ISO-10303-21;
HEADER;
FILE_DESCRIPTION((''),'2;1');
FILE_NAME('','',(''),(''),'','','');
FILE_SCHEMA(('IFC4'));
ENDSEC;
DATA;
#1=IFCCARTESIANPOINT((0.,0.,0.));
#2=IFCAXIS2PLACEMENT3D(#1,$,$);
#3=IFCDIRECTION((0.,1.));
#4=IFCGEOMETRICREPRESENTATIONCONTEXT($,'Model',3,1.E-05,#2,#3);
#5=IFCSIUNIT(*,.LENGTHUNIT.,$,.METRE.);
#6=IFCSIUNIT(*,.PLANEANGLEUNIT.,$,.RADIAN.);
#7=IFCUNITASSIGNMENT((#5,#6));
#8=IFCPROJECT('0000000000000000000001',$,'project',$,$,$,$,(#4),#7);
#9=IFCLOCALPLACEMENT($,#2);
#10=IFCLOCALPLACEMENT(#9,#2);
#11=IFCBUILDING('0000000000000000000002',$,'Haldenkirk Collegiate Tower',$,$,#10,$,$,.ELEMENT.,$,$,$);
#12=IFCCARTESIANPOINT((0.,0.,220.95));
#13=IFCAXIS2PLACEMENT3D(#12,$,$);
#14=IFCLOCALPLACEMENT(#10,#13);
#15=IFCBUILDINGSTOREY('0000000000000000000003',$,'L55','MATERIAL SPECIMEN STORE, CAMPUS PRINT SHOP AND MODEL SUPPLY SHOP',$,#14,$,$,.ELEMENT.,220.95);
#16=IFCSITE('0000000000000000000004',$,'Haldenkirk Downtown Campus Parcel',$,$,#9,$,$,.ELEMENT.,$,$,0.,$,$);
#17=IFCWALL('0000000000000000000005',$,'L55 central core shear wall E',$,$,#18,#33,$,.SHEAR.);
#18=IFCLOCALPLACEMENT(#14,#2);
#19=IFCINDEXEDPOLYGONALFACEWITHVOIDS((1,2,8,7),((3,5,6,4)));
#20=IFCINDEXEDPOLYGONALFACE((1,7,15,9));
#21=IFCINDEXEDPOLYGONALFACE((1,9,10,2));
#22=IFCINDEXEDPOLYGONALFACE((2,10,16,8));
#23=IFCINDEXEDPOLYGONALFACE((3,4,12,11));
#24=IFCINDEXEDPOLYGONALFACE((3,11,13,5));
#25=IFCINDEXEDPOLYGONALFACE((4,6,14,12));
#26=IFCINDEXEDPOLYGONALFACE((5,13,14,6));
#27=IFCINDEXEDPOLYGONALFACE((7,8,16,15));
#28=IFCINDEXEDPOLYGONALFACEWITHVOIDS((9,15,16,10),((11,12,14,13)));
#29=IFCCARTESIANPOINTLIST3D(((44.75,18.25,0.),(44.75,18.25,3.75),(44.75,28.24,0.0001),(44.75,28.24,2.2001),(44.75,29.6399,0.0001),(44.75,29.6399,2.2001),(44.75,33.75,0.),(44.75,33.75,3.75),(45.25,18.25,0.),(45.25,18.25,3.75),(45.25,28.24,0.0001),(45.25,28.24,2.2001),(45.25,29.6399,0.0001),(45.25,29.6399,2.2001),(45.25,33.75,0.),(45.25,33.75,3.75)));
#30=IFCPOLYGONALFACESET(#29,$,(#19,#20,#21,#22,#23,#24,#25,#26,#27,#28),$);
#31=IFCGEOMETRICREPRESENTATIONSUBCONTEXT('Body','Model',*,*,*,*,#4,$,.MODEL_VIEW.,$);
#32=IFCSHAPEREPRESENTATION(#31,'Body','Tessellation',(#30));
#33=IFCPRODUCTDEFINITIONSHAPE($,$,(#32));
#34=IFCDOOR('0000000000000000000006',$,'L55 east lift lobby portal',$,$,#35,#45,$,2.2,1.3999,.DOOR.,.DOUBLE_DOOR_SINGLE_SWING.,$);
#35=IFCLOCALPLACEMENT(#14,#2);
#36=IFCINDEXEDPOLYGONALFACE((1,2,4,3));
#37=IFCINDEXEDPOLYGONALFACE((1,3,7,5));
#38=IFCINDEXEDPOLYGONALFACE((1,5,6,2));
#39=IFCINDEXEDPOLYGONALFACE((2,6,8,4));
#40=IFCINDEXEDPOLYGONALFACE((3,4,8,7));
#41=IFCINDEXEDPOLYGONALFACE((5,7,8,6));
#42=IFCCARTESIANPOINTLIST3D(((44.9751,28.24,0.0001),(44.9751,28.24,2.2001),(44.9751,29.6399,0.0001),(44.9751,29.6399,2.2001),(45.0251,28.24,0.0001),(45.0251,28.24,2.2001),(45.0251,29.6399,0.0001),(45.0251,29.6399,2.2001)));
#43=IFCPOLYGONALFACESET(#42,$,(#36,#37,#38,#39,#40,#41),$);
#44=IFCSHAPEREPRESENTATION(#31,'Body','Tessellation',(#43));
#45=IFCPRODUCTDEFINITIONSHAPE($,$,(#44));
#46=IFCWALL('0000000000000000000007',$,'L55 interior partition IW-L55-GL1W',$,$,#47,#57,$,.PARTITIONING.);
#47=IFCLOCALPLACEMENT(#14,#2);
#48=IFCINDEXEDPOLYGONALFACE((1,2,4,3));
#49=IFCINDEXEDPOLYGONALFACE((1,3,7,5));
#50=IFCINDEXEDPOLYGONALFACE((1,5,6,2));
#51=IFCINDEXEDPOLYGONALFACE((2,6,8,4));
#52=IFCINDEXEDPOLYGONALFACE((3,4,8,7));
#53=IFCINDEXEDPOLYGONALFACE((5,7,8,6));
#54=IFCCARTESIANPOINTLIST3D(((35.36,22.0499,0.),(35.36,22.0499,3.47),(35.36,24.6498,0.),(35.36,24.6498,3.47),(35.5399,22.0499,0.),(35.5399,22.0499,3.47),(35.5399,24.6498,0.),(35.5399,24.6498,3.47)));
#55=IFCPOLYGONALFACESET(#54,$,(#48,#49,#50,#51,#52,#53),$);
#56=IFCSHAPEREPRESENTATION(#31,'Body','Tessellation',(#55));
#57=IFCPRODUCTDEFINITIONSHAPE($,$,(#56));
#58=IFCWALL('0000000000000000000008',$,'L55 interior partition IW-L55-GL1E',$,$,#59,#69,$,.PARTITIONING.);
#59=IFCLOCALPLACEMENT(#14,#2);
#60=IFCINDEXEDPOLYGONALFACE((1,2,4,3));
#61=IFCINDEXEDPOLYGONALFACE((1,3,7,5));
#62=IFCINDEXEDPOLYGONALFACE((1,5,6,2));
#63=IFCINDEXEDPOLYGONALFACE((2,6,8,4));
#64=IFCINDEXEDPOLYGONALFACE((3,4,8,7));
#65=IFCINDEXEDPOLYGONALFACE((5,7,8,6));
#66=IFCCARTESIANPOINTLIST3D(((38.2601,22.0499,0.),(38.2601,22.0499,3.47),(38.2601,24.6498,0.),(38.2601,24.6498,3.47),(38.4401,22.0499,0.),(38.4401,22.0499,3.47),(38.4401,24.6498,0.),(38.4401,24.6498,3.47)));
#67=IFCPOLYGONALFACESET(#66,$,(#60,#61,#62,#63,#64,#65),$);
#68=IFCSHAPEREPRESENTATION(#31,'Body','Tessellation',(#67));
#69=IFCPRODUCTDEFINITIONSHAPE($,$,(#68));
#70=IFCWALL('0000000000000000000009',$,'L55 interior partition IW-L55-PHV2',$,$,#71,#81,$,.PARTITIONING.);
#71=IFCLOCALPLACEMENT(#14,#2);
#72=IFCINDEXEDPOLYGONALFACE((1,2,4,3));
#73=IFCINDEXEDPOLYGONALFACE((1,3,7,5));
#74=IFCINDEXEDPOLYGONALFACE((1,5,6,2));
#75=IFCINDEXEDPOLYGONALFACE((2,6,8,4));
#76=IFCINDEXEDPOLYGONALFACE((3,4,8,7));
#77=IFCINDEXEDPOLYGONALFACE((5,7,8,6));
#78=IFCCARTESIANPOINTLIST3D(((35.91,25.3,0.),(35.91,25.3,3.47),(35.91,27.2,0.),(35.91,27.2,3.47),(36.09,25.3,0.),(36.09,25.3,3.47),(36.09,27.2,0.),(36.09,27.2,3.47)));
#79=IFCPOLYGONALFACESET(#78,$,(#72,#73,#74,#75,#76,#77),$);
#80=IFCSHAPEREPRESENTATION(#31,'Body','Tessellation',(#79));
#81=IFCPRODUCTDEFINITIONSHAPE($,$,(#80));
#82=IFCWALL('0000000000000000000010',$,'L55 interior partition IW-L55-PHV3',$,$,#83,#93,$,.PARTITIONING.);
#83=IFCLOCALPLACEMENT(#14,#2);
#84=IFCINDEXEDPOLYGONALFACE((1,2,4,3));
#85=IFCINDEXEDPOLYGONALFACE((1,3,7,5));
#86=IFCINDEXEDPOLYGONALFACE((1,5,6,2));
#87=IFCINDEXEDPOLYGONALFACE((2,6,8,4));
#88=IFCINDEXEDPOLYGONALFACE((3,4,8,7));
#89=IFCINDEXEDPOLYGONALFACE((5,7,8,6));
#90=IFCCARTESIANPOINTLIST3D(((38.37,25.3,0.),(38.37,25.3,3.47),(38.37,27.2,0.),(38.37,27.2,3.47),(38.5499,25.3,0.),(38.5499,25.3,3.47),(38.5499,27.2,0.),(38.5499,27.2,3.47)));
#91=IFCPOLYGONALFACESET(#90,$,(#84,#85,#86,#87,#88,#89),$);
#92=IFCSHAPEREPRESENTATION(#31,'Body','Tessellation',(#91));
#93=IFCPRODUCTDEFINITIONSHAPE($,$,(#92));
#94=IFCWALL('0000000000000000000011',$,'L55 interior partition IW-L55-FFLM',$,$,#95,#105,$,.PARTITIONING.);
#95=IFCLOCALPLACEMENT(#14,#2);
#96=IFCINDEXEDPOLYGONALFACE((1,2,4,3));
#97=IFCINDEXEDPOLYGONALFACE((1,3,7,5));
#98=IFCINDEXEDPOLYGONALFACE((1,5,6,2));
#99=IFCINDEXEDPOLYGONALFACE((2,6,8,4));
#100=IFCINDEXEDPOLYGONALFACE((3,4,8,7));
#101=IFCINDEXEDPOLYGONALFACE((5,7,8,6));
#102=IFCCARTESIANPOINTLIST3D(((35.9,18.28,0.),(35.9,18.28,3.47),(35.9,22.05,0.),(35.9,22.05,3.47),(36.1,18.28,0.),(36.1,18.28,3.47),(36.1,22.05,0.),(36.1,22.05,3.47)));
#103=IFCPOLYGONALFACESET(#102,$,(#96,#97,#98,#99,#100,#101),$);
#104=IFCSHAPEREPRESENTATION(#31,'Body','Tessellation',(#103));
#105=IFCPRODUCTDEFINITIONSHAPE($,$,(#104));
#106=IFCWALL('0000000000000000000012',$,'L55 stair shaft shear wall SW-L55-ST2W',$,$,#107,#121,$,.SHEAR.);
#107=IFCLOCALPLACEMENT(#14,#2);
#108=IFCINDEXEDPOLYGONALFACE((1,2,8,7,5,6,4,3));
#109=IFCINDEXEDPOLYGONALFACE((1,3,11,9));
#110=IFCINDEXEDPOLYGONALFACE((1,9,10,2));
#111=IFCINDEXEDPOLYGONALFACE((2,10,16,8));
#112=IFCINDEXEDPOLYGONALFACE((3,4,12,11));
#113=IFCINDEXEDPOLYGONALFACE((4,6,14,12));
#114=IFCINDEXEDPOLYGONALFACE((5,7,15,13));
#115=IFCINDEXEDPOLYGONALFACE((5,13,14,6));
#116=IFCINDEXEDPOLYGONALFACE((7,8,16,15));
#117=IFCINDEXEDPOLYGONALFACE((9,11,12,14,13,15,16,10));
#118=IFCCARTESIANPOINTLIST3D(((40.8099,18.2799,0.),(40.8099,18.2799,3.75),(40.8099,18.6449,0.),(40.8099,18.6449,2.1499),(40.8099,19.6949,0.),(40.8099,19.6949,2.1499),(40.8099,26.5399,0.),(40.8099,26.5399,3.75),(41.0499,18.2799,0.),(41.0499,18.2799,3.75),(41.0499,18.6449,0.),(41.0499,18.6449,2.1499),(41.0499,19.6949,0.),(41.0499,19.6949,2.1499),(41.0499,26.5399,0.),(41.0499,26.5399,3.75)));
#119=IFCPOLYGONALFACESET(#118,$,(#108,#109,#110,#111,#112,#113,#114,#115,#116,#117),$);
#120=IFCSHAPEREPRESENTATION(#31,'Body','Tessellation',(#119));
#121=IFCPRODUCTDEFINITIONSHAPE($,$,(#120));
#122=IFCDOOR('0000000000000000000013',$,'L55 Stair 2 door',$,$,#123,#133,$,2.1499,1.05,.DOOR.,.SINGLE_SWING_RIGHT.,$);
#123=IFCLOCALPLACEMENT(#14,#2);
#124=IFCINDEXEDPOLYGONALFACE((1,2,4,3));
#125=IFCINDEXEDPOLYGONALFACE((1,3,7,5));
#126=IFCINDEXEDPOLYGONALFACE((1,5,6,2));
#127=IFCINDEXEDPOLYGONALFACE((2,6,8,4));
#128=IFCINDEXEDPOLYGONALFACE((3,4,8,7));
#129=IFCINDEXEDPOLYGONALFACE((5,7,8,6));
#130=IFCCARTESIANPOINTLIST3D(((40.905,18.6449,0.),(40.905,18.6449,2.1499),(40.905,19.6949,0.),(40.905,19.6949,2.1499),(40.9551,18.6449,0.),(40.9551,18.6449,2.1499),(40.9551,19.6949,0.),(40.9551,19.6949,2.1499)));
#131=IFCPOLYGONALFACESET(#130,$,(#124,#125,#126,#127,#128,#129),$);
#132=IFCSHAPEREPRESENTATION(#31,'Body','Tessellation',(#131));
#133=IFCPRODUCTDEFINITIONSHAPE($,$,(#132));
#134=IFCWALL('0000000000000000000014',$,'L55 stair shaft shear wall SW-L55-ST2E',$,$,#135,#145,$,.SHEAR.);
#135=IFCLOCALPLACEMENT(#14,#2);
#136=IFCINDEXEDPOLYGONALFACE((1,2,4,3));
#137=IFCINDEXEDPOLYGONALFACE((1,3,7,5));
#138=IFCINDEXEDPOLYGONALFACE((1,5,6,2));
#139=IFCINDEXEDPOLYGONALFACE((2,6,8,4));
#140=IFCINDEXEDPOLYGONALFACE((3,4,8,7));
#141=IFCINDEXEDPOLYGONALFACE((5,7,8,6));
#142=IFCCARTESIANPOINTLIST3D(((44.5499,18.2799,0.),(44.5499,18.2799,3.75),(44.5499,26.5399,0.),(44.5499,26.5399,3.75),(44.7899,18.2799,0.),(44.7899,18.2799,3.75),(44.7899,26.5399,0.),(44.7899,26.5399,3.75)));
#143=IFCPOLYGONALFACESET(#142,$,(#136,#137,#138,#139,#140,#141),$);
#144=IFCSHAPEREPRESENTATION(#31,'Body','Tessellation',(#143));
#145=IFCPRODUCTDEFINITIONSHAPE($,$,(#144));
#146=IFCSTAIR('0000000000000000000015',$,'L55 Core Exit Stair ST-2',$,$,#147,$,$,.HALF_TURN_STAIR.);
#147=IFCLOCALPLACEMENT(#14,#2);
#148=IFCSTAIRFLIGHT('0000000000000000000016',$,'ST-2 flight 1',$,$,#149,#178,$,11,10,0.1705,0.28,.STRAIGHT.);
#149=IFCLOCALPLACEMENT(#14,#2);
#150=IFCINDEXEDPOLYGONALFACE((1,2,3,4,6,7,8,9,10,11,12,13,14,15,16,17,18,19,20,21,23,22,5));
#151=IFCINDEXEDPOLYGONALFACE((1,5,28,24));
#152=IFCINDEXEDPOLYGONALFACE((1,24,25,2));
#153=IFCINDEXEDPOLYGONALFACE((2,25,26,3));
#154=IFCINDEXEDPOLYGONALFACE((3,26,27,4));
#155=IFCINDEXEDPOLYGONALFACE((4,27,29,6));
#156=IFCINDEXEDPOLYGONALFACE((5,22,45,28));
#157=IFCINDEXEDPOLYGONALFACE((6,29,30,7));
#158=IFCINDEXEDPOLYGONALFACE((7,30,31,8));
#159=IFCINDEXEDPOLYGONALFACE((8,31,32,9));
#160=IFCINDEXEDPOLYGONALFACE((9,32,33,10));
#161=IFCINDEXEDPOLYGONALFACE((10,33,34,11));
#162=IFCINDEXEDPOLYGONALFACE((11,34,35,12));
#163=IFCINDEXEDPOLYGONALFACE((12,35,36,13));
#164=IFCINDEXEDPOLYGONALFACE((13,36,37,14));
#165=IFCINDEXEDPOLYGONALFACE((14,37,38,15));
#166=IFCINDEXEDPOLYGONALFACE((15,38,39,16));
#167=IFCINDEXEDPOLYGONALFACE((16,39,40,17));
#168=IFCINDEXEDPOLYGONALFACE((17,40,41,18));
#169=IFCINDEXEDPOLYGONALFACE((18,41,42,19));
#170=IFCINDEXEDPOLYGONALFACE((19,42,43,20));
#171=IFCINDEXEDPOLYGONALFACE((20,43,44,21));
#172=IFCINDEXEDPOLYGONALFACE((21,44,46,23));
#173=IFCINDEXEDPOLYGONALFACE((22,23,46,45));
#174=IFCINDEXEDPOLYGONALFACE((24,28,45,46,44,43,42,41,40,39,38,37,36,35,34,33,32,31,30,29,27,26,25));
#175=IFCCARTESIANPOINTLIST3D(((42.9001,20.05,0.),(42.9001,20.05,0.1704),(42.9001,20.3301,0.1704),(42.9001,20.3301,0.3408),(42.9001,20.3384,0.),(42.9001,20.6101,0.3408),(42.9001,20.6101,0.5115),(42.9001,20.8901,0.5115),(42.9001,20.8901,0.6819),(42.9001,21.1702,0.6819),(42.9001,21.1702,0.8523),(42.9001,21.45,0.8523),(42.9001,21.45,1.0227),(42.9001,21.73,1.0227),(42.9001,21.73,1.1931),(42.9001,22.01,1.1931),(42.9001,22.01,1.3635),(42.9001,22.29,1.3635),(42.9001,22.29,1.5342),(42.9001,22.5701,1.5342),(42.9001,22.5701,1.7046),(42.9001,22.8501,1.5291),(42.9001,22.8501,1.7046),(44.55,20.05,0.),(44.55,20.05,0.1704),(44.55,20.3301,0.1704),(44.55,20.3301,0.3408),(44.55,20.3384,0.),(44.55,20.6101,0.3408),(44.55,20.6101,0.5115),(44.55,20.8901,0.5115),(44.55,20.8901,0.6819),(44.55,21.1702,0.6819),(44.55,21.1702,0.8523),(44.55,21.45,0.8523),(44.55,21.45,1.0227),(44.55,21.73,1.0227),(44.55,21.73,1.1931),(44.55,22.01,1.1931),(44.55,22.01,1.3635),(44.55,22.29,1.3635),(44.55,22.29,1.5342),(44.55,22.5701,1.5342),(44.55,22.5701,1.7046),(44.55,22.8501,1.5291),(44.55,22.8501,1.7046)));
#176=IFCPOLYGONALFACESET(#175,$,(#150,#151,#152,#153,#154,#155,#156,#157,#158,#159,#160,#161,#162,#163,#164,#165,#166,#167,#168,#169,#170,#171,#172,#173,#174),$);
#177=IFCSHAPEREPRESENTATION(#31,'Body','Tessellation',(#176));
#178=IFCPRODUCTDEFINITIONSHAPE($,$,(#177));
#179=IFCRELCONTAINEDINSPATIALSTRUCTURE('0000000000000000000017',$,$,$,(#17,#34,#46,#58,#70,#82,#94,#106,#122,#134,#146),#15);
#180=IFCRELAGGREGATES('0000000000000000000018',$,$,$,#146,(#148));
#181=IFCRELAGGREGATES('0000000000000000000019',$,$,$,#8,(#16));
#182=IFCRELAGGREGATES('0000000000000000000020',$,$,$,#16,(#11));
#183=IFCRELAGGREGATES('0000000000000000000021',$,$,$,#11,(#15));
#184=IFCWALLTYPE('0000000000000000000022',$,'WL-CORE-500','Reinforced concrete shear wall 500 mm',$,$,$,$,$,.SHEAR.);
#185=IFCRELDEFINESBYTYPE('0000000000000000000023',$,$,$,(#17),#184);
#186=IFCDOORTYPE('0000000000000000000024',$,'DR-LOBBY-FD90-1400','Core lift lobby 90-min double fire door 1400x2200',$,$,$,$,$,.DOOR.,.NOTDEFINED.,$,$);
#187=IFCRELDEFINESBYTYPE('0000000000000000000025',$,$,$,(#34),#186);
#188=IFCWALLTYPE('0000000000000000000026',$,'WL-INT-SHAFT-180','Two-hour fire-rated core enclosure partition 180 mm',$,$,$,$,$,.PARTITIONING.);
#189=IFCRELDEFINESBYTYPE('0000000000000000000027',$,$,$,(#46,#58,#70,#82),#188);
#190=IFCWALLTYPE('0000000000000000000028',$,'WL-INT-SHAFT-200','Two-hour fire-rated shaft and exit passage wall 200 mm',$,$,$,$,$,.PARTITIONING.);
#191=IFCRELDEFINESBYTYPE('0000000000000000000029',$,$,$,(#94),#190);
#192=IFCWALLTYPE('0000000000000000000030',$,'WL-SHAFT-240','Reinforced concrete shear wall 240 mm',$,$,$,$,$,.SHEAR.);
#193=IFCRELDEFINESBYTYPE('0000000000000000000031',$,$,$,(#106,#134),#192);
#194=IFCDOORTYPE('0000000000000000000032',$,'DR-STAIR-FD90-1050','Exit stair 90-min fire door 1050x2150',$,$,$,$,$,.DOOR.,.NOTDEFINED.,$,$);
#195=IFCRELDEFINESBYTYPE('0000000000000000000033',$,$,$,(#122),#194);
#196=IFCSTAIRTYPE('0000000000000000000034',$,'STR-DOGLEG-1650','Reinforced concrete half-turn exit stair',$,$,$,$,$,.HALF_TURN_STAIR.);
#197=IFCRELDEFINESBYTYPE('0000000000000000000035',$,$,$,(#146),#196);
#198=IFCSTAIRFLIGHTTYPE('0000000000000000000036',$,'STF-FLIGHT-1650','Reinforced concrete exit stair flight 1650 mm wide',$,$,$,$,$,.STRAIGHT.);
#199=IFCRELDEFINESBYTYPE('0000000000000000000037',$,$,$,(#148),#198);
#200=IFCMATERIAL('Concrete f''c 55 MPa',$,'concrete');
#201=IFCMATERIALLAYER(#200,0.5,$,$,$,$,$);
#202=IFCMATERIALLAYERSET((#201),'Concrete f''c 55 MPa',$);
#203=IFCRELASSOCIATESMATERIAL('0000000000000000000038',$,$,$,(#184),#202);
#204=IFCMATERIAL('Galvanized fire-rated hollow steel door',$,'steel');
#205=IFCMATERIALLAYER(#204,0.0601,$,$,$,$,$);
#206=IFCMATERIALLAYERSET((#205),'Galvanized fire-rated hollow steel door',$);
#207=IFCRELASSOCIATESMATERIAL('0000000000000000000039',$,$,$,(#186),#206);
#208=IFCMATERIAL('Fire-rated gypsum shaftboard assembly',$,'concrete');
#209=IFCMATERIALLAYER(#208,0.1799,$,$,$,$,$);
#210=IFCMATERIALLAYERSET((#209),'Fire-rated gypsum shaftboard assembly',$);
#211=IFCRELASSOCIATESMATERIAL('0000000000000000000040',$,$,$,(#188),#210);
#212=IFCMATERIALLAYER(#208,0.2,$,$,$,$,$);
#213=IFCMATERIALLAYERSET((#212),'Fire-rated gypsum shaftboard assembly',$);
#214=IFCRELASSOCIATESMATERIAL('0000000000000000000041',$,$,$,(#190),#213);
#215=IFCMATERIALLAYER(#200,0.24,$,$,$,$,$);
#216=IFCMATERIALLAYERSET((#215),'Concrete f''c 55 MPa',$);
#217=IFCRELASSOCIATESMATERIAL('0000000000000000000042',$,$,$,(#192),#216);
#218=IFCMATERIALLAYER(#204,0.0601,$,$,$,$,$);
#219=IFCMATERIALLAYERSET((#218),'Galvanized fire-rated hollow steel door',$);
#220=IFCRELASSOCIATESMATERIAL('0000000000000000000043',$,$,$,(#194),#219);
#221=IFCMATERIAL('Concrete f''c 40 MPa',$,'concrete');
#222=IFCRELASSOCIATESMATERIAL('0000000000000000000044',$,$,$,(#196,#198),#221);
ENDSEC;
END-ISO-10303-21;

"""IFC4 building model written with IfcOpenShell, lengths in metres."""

from ifc_helpers import new_model, si_unit, direction, frame, frame_2d, origin, place, context, subcontext, project, spatial, polyline, rectangle, outline, extrude, material, layer, layer_set, type_object, element, fill, aggregate, save


model = new_model("IFC4")

# Units and contexts
model_context = context("Model", 3, precision=1e-05, world=origin(), true_north=direction((0.0, 1.0)))
body_context = subcontext(model_context, "Body", "Model", "MODEL_VIEW")
ifc_project = project(units=[si_unit("LENGTHUNIT", "METRE"), si_unit("PLANEANGLEUNIT", "RADIAN")], contexts=[model_context])

# Site, building, storey
site_placement = place(None, origin())
site = spatial("IfcSite", under=ifc_project, at=site_placement, Name="Haldenkirk Downtown Campus Parcel", CompositionType="ELEMENT", RefElevation=0.0)
building_placement = place(site_placement, origin())
building = spatial("IfcBuilding", under=site, at=building_placement, Name="Haldenkirk Collegiate Tower", CompositionType="ELEMENT")
storey_placement = place(building_placement, frame((0.0, 0.0, 220.95)))
storey = spatial("IfcBuildingStorey", under=building, at=storey_placement, Name="L55", Description="MATERIAL SPECIMEN STORE, CAMPUS PRINT SHOP AND MODEL SUPPLY SHOP", CompositionType="ELEMENT", Elevation=220.95)

# Wall, opening, door
ifc_material_1 = material(Name="Concrete f'c 55 MPa", Category="concrete")
ifc_layer_1 = layer(ifc_material_1, 0.5)
ifc_layer_set_1 = layer_set([ifc_layer_1], Name="Concrete f'c 55 MPa")
wall_type_1 = type_object("IfcWallType", Name="WL-CORE-500", Description="Reinforced concrete shear wall 500 mm", PredefinedType="SHEAR", material=ifc_layer_set_1)
wall_1_placement = place(storey_placement, frame((45.0, 18.25, 0.0), z_axis=(0.0, 0.0, 1.0), x_axis=(0.0, 1.0, 0.0)))
wall_1 = element("IfcWall", 1, at=wall_1_placement, inside=storey, type_object=wall_type_1, Name="L55 central core shear wall E", PredefinedType="SHEAR", context=body_context, shape_type="SweptSolid", body=[
    extrude(rectangle(XDim=15.5, YDim=0.5, at=frame_2d((7.75, 0.0))), origin(), (0.0, 0.0, 1.0), 3.75),
])
opening_1_placement = place(wall_1_placement, frame((9.99, 0.0, 0.0)))
opening_1 = element("IfcOpeningElement", 2, at=opening_1_placement, cuts=wall_1, PredefinedType="OPENING", context=body_context, shape_type="SweptSolid", body=[
    extrude(rectangle(XDim=1.3999, YDim=2.2, at=frame_2d((0.7, 1.1001))), frame((0.0, 0.26, 0.0), z_axis=(0.0, -1.0, 0.0), x_axis=(1.0, 0.0, 0.0)), (0.0, 0.0, 1.0), 0.52),
])
ifc_material_2 = material(Name="Galvanized fire-rated hollow steel door", Category="steel")
ifc_layer_2 = layer(ifc_material_2, 0.0601)
ifc_layer_set_2 = layer_set([ifc_layer_2], Name="Galvanized fire-rated hollow steel door")
door_type_1 = type_object("IfcDoorType", Name="DR-LOBBY-FD90-1400", Description="Core lift lobby 90-min double fire door 1400x2200", OperationType="NOTDEFINED", PredefinedType="DOOR", material=ifc_layer_set_2)
door_1_placement = place(opening_1_placement, origin())
door_1 = element("IfcDoor", 3, at=door_1_placement, inside=storey, type_object=door_type_1, Name="L55 east lift lobby portal", OperationType="DOUBLE_DOOR_SINGLE_SWING", OverallHeight=2.2, OverallWidth=1.3999, PredefinedType="DOOR", context=body_context, shape_type="SweptSolid", body=[
    extrude(rectangle(XDim=1.3999, YDim=2.2, at=frame_2d((0.7, 1.1001))), frame((0.0, 0.0249, 0.0), z_axis=(0.0, -1.0, 0.0), x_axis=(1.0, 0.0, 0.0)), (0.0, 0.0, 1.0), 0.05),
])
fill(opening_1, door_1)

# Walls
ifc_material_3 = material(Name="Fire-rated gypsum shaftboard assembly", Category="concrete")
ifc_layer_3 = layer(ifc_material_3, 0.1799)
ifc_layer_set_3 = layer_set([ifc_layer_3], Name="Fire-rated gypsum shaftboard assembly")
wall_type_2 = type_object("IfcWallType", Name="WL-INT-SHAFT-180", Description="Two-hour fire-rated core enclosure partition 180 mm", PredefinedType="PARTITIONING", material=ifc_layer_set_3)
for number, where, z_axis, x_axis, name in (
    (4, (35.45, 22.05, 0.0), (0.0, 0.0, 1.0), (0.0, 1.0, 0.0), "L55 interior partition IW-L55-GL1W"),
    (5, (38.3501, 22.05, 0.0), (0.0, 0.0, 1.0), (0.0, 1.0, 0.0), "L55 interior partition IW-L55-GL1E"),
):
    element("IfcWall", number, at=place(storey_placement, frame(where, z_axis=z_axis, x_axis=x_axis)), inside=storey, type_object=wall_type_2, Name=name, PredefinedType="PARTITIONING", context=body_context, shape_type="SweptSolid", body=[
        extrude(rectangle(XDim=2.5999, YDim=0.1799, at=frame_2d((1.2998, 0.0))), origin(), (0.0, 0.0, 1.0), 3.47),
    ])
for number, where, z_axis, x_axis, name in (
    (6, (36.0, 25.3, 0.0), (0.0, 0.0, 1.0), (0.0, 1.0, 0.0), "L55 interior partition IW-L55-PHV2"),
    (7, (38.46, 25.3, 0.0), (0.0, 0.0, 1.0), (0.0, 1.0, 0.0), "L55 interior partition IW-L55-PHV3"),
):
    element("IfcWall", number, at=place(storey_placement, frame(where, z_axis=z_axis, x_axis=x_axis)), inside=storey, type_object=wall_type_2, Name=name, PredefinedType="PARTITIONING", context=body_context, shape_type="SweptSolid", body=[
        extrude(rectangle(XDim=1.8999, YDim=0.1799, at=frame_2d((0.95, 0.0))), origin(), (0.0, 0.0, 1.0), 3.47),
    ])
ifc_layer_4 = layer(ifc_material_3, 0.2)
ifc_layer_set_4 = layer_set([ifc_layer_4], Name="Fire-rated gypsum shaftboard assembly")
wall_type_3 = type_object("IfcWallType", Name="WL-INT-SHAFT-200", Description="Two-hour fire-rated shaft and exit passage wall 200 mm", PredefinedType="PARTITIONING", material=ifc_layer_set_4)
wall_2_placement = place(storey_placement, frame((36.0, 18.28, 0.0), z_axis=(0.0, 0.0, 1.0), x_axis=(0.0, 1.0, 0.0)))
element("IfcWall", 8, at=wall_2_placement, inside=storey, type_object=wall_type_3, Name="L55 interior partition IW-L55-FFLM", PredefinedType="PARTITIONING", context=body_context, shape_type="SweptSolid", body=[
    extrude(rectangle(XDim=3.77, YDim=0.2, at=frame_2d((1.885, 0.0))), origin(), (0.0, 0.0, 1.0), 3.47),
])

# Wall, opening, door
ifc_layer_5 = layer(ifc_material_1, 0.24)
ifc_layer_set_5 = layer_set([ifc_layer_5], Name="Concrete f'c 55 MPa")
wall_type_4 = type_object("IfcWallType", Name="WL-SHAFT-240", Description="Reinforced concrete shear wall 240 mm", PredefinedType="SHEAR", material=ifc_layer_set_5)
wall_3_placement = place(storey_placement, frame((40.9299, 18.28, 0.0), z_axis=(0.0, 0.0, 1.0), x_axis=(0.0, 1.0, 0.0)))
wall_3 = element("IfcWall", 9, at=wall_3_placement, inside=storey, type_object=wall_type_4, Name="L55 stair shaft shear wall SW-L55-ST2W", PredefinedType="SHEAR", context=body_context, shape_type="SweptSolid", body=[
    extrude(rectangle(XDim=8.26, YDim=0.24, at=frame_2d((4.1299, 0.0))), origin(), (0.0, 0.0, 1.0), 3.75),
])
opening_2_placement = place(wall_3_placement, frame((0.365, 0.0, 0.0)))
opening_2 = element("IfcOpeningElement", 10, at=opening_2_placement, cuts=wall_3, PredefinedType="OPENING", context=body_context, shape_type="SweptSolid", body=[
    extrude(rectangle(XDim=1.05, YDim=2.1499, at=frame_2d((0.5249, 1.075))), frame((0.0, 0.1299, 0.0), z_axis=(0.0, -1.0, 0.0), x_axis=(1.0, 0.0, 0.0)), (0.0, 0.0, 1.0), 0.26),
])
ifc_layer_6 = layer(ifc_material_2, 0.0601)
ifc_layer_set_6 = layer_set([ifc_layer_6], Name="Galvanized fire-rated hollow steel door")
door_type_2 = type_object("IfcDoorType", Name="DR-STAIR-FD90-1050", Description="Exit stair 90-min fire door 1050x2150", OperationType="NOTDEFINED", PredefinedType="DOOR", material=ifc_layer_set_6)
door_2_placement = place(opening_2_placement, origin())
door_2 = element("IfcDoor", 11, at=door_2_placement, inside=storey, type_object=door_type_2, Name="L55 Stair 2 door", OperationType="SINGLE_SWING_RIGHT", OverallHeight=2.1499, OverallWidth=1.05, PredefinedType="DOOR", context=body_context, shape_type="SweptSolid", body=[
    extrude(rectangle(XDim=1.05, YDim=2.1499, at=frame_2d((0.5249, 1.075))), frame((0.0, 0.0249, 0.0), z_axis=(0.0, -1.0, 0.0), x_axis=(1.0, 0.0, 0.0)), (0.0, 0.0, 1.0), 0.05),
])
fill(opening_2, door_2)

# Wall
wall_4_placement = place(storey_placement, frame((44.6699, 18.28, 0.0), z_axis=(0.0, 0.0, 1.0), x_axis=(0.0, 1.0, 0.0)))
element("IfcWall", 12, at=wall_4_placement, inside=storey, type_object=wall_type_4, Name="L55 stair shaft shear wall SW-L55-ST2E", PredefinedType="SHEAR", context=body_context, shape_type="SweptSolid", body=[
    extrude(rectangle(XDim=8.26, YDim=0.24, at=frame_2d((4.1299, 0.0))), origin(), (0.0, 0.0, 1.0), 3.75),
])

# Stair, stair flight
ifc_material_4 = material(Name="Concrete f'c 40 MPa", Category="concrete")
stair_type = type_object("IfcStairType", Name="STR-DOGLEG-1650", Description="Reinforced concrete half-turn exit stair", PredefinedType="HALF_TURN_STAIR", material=ifc_material_4)
stair_placement = place(storey_placement, origin())
stair = element("IfcStair", 13, at=stair_placement, inside=storey, type_object=stair_type, Name="L55 Core Exit Stair ST-2", PredefinedType="HALF_TURN_STAIR")
stair_flight_type = type_object("IfcStairFlightType", Name="STF-FLIGHT-1650", Description="Reinforced concrete exit stair flight 1650 mm wide", PredefinedType="STRAIGHT", material=ifc_material_4)
stair_flight_1_placement = place(storey_placement, frame((43.7251, 20.05, 0.0), z_axis=(0.0, 0.0, 1.0), x_axis=(0.0, 1.0, 0.0)))
stair_flight_1 = element("IfcStairFlight", 14, at=stair_flight_1_placement, type_object=stair_flight_type, Name="ST-2 flight 1", NumberOfRisers=11, NumberOfTreads=10, PredefinedType="STRAIGHT", RiserHeight=0.1705, TreadLength=0.28, context=body_context, shape_type="SweptSolid", body=[
    extrude(outline(polyline([(0.0, 0.0), (0.0, 0.1704), (0.28, 0.1704), (0.28, 0.3408), (0.5601, 0.3408), (0.5601, 0.5115), (0.8401, 0.5115), (0.8401, 0.6819), (1.1201, 0.6819), (1.1201, 0.8523), (1.3999, 0.8523), (1.3999, 1.0227), (1.6799, 1.0227), (1.6799, 1.1931), (1.96, 1.1931), (1.96, 1.3635), (2.24, 1.3635), (2.24, 1.5342), (2.52, 1.5342), (2.52, 1.7046), (2.8, 1.7046), (2.8, 1.875), (2.8, 1.5291), (0.2883, 0.0), (0.0, 0.0)])), frame((0.0, 0.825, 0.0), z_axis=(0.0, -1.0, 0.0), x_axis=(1.0, 0.0, 0.0)), (0.0, 0.0, 1.0), 1.6499),
])
aggregate(stair, [stair_flight_1])

save(model, "model.ifc")
